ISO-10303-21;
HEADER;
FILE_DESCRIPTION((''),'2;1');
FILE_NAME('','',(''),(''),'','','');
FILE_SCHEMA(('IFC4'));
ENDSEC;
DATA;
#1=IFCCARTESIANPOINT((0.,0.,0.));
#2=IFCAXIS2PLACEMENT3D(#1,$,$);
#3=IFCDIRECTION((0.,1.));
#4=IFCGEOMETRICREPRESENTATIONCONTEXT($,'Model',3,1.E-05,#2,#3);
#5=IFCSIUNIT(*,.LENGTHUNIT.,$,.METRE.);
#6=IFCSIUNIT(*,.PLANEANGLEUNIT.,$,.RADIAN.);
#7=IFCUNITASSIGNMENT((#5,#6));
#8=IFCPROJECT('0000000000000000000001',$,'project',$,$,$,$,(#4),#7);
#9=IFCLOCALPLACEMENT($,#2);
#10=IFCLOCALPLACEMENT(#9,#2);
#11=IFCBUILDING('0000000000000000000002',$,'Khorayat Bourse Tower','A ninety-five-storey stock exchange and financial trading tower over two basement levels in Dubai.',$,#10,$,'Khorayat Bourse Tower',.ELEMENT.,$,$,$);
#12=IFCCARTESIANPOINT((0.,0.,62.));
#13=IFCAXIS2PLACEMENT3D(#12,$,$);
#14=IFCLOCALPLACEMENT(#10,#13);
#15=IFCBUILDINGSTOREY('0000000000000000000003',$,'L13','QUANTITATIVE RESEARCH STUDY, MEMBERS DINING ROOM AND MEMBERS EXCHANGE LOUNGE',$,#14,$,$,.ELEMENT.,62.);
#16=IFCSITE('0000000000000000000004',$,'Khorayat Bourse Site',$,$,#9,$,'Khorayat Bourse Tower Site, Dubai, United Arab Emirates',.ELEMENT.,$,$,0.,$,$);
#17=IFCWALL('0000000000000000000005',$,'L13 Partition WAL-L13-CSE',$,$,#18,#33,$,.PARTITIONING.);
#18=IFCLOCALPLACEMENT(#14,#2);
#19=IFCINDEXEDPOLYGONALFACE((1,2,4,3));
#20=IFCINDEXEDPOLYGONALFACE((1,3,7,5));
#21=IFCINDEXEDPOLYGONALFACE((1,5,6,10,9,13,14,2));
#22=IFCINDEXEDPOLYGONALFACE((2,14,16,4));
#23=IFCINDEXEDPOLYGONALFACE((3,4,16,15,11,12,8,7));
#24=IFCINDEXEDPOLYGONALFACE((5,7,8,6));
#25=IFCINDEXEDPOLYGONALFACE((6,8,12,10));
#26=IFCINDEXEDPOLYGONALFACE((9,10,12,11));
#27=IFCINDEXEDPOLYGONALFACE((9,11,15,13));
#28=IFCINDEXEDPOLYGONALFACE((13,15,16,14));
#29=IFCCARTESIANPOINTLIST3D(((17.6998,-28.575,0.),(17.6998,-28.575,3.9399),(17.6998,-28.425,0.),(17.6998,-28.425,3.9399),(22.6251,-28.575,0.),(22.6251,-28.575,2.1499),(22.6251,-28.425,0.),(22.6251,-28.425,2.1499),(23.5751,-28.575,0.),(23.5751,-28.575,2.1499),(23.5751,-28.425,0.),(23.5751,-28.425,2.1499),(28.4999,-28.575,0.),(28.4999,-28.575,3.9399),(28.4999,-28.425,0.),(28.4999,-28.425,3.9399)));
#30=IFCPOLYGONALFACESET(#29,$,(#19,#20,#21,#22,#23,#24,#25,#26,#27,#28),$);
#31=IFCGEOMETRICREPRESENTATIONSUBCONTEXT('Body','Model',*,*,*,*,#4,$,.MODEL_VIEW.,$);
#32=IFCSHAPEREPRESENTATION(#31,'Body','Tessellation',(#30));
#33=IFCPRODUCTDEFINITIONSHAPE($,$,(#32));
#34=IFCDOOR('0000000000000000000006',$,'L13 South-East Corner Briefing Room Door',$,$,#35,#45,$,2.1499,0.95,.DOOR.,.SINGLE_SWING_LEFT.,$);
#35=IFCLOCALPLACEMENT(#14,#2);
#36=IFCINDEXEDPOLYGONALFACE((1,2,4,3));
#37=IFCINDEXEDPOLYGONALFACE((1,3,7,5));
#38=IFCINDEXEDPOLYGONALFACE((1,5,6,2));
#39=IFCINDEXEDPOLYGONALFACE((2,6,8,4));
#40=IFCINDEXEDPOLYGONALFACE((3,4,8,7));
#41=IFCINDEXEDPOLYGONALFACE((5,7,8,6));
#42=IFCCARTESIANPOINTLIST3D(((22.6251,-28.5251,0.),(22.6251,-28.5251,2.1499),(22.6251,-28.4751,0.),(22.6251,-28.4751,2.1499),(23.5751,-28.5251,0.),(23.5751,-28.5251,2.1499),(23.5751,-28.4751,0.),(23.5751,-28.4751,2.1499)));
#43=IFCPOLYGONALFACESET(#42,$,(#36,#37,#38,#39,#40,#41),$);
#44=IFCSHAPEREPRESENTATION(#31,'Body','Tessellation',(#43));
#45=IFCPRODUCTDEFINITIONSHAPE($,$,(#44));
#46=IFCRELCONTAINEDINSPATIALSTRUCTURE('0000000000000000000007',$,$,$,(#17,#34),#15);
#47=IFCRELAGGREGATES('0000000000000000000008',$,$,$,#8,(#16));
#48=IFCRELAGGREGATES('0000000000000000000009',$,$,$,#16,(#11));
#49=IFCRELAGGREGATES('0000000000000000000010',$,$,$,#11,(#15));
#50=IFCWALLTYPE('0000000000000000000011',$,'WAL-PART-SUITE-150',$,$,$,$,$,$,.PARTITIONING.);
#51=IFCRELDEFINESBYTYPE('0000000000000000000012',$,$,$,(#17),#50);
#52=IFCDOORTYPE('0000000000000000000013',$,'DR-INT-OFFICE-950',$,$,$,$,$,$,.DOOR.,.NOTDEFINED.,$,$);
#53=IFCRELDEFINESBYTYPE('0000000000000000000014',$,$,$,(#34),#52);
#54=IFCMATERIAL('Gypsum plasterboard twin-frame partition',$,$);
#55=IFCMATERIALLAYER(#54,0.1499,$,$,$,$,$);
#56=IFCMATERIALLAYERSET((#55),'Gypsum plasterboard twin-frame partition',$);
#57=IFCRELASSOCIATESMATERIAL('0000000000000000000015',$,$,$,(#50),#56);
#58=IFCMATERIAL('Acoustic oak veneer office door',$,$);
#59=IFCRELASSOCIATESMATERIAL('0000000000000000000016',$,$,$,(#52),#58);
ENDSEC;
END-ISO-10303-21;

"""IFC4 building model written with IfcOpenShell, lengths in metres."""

from ifc_helpers import new_model, si_unit, direction, frame, frame_2d, origin, place, context, subcontext, project, spatial, rectangle, extrude, source, transform, mapped, material, layer, layer_set, type_object, element, fill, save


model = new_model("IFC4")

# Units and contexts
model_context = context("Model", 3, precision=1e-05, world=origin(), true_north=direction((0.0, 1.0)))
body_context = subcontext(model_context, "Body", "Model", "MODEL_VIEW")
ifc_project = project(units=[si_unit("LENGTHUNIT", "METRE"), si_unit("PLANEANGLEUNIT", "RADIAN")], contexts=[model_context])

# Site, building, storey
site_placement = place(None, origin())
site = spatial("IfcSite", under=ifc_project, at=site_placement, Name="Khorayat Bourse Site", LongName="Khorayat Bourse Tower Site, Dubai, United Arab Emirates", CompositionType="ELEMENT", RefElevation=0.0)
building_placement = place(site_placement, origin())
building = spatial("IfcBuilding", under=site, at=building_placement, Name="Khorayat Bourse Tower", Description="A ninety-five-storey stock exchange and financial trading tower over two basement levels in Dubai.", LongName="Khorayat Bourse Tower", CompositionType="ELEMENT")
storey_placement = place(building_placement, frame((0.0, 0.0, 62.0)))
storey = spatial("IfcBuildingStorey", under=building, at=storey_placement, Name="L13", Description="QUANTITATIVE RESEARCH STUDY, MEMBERS DINING ROOM AND MEMBERS EXCHANGE LOUNGE", CompositionType="ELEMENT", Elevation=62.0)

# Shared definitions
ifc_material_1 = material(Name="Gypsum plasterboard twin-frame partition")
ifc_layer_1 = layer(ifc_material_1, 0.1499)
ifc_layer_set_1 = layer_set([ifc_layer_1], Name="Gypsum plasterboard twin-frame partition")
wall_type_1 = type_object("IfcWallType", Name="WAL-PART-SUITE-150", PredefinedType="PARTITIONING", material=ifc_layer_set_1)

# Shared definitions
ifc_material_2 = material(Name="Acoustic oak veneer office door")
door_type = type_object("IfcDoorType", Name="DR-INT-OFFICE-950", OperationType="NOTDEFINED", PredefinedType="DOOR", material=ifc_material_2)
shared_shape_1 = source(origin(), body_context, "Body", "SweptSolid", [
    extrude(rectangle(XDim=0.95, YDim=2.1499, at=frame_2d((0.4751, 1.075))), frame((0.0, 0.0249, 0.0), z_axis=(0.0, -1.0, 0.0), x_axis=(1.0, 0.0, 0.0)), (0.0, 0.0, 1.0), 0.05),
])

# Wall, opening, door
shared_shape_2 = source(origin(), body_context, "Body", "SweptSolid", [
    extrude(rectangle(XDim=10.8, YDim=0.1499, at=frame_2d((5.3999, 0.0))), origin(), (0.0, 0.0, 1.0), 3.9399),
])
wall_1_placement = place(storey_placement, frame((17.7, -28.5, 0.0), z_axis=(0.0, 0.0, 1.0), x_axis=(1.0, 0.0, 0.0)))
wall_1 = element("IfcWall", 1, at=wall_1_placement, inside=storey, type_object=wall_type_1, Name="L13 Partition WAL-L13-CSE", PredefinedType="PARTITIONING", context=body_context, shape_type="MappedRepresentation", body=[
    mapped(shared_shape_2, transform((0.0, 0.0, 0.0), scale=1.0)),
])
shared_shape_3 = source(origin(), body_context, "Body", "SweptSolid", [
    extrude(rectangle(XDim=0.95, YDim=2.1499, at=frame_2d((0.4751, 1.075))), frame((0.0, 0.085, 0.0), z_axis=(0.0, -1.0, 0.0), x_axis=(1.0, 0.0, 0.0)), (0.0, 0.0, 1.0), 0.1699),
])
opening_1_placement = place(wall_1_placement, frame((4.925, 0.0, 0.0)))
opening_1 = element("IfcOpeningElement", 2, at=opening_1_placement, cuts=wall_1, PredefinedType="OPENING", context=body_context, shape_type="MappedRepresentation", body=[
    mapped(shared_shape_3, transform((0.0, 0.0, 0.0), scale=1.0)),
])
door_1_placement = place(opening_1_placement, origin())
door_1 = element("IfcDoor", 3, at=door_1_placement, inside=storey, type_object=door_type, Name="L13 South-East Corner Briefing Room Door", OperationType="SINGLE_SWING_LEFT", OverallHeight=2.1499, OverallWidth=0.95, PredefinedType="DOOR", context=body_context, shape_type="MappedRepresentation", body=[
    mapped(shared_shape_1, transform((0.0, 0.0, 0.0), scale=1.0)),
])
fill(opening_1, door_1)

save(model, "model.ifc")
